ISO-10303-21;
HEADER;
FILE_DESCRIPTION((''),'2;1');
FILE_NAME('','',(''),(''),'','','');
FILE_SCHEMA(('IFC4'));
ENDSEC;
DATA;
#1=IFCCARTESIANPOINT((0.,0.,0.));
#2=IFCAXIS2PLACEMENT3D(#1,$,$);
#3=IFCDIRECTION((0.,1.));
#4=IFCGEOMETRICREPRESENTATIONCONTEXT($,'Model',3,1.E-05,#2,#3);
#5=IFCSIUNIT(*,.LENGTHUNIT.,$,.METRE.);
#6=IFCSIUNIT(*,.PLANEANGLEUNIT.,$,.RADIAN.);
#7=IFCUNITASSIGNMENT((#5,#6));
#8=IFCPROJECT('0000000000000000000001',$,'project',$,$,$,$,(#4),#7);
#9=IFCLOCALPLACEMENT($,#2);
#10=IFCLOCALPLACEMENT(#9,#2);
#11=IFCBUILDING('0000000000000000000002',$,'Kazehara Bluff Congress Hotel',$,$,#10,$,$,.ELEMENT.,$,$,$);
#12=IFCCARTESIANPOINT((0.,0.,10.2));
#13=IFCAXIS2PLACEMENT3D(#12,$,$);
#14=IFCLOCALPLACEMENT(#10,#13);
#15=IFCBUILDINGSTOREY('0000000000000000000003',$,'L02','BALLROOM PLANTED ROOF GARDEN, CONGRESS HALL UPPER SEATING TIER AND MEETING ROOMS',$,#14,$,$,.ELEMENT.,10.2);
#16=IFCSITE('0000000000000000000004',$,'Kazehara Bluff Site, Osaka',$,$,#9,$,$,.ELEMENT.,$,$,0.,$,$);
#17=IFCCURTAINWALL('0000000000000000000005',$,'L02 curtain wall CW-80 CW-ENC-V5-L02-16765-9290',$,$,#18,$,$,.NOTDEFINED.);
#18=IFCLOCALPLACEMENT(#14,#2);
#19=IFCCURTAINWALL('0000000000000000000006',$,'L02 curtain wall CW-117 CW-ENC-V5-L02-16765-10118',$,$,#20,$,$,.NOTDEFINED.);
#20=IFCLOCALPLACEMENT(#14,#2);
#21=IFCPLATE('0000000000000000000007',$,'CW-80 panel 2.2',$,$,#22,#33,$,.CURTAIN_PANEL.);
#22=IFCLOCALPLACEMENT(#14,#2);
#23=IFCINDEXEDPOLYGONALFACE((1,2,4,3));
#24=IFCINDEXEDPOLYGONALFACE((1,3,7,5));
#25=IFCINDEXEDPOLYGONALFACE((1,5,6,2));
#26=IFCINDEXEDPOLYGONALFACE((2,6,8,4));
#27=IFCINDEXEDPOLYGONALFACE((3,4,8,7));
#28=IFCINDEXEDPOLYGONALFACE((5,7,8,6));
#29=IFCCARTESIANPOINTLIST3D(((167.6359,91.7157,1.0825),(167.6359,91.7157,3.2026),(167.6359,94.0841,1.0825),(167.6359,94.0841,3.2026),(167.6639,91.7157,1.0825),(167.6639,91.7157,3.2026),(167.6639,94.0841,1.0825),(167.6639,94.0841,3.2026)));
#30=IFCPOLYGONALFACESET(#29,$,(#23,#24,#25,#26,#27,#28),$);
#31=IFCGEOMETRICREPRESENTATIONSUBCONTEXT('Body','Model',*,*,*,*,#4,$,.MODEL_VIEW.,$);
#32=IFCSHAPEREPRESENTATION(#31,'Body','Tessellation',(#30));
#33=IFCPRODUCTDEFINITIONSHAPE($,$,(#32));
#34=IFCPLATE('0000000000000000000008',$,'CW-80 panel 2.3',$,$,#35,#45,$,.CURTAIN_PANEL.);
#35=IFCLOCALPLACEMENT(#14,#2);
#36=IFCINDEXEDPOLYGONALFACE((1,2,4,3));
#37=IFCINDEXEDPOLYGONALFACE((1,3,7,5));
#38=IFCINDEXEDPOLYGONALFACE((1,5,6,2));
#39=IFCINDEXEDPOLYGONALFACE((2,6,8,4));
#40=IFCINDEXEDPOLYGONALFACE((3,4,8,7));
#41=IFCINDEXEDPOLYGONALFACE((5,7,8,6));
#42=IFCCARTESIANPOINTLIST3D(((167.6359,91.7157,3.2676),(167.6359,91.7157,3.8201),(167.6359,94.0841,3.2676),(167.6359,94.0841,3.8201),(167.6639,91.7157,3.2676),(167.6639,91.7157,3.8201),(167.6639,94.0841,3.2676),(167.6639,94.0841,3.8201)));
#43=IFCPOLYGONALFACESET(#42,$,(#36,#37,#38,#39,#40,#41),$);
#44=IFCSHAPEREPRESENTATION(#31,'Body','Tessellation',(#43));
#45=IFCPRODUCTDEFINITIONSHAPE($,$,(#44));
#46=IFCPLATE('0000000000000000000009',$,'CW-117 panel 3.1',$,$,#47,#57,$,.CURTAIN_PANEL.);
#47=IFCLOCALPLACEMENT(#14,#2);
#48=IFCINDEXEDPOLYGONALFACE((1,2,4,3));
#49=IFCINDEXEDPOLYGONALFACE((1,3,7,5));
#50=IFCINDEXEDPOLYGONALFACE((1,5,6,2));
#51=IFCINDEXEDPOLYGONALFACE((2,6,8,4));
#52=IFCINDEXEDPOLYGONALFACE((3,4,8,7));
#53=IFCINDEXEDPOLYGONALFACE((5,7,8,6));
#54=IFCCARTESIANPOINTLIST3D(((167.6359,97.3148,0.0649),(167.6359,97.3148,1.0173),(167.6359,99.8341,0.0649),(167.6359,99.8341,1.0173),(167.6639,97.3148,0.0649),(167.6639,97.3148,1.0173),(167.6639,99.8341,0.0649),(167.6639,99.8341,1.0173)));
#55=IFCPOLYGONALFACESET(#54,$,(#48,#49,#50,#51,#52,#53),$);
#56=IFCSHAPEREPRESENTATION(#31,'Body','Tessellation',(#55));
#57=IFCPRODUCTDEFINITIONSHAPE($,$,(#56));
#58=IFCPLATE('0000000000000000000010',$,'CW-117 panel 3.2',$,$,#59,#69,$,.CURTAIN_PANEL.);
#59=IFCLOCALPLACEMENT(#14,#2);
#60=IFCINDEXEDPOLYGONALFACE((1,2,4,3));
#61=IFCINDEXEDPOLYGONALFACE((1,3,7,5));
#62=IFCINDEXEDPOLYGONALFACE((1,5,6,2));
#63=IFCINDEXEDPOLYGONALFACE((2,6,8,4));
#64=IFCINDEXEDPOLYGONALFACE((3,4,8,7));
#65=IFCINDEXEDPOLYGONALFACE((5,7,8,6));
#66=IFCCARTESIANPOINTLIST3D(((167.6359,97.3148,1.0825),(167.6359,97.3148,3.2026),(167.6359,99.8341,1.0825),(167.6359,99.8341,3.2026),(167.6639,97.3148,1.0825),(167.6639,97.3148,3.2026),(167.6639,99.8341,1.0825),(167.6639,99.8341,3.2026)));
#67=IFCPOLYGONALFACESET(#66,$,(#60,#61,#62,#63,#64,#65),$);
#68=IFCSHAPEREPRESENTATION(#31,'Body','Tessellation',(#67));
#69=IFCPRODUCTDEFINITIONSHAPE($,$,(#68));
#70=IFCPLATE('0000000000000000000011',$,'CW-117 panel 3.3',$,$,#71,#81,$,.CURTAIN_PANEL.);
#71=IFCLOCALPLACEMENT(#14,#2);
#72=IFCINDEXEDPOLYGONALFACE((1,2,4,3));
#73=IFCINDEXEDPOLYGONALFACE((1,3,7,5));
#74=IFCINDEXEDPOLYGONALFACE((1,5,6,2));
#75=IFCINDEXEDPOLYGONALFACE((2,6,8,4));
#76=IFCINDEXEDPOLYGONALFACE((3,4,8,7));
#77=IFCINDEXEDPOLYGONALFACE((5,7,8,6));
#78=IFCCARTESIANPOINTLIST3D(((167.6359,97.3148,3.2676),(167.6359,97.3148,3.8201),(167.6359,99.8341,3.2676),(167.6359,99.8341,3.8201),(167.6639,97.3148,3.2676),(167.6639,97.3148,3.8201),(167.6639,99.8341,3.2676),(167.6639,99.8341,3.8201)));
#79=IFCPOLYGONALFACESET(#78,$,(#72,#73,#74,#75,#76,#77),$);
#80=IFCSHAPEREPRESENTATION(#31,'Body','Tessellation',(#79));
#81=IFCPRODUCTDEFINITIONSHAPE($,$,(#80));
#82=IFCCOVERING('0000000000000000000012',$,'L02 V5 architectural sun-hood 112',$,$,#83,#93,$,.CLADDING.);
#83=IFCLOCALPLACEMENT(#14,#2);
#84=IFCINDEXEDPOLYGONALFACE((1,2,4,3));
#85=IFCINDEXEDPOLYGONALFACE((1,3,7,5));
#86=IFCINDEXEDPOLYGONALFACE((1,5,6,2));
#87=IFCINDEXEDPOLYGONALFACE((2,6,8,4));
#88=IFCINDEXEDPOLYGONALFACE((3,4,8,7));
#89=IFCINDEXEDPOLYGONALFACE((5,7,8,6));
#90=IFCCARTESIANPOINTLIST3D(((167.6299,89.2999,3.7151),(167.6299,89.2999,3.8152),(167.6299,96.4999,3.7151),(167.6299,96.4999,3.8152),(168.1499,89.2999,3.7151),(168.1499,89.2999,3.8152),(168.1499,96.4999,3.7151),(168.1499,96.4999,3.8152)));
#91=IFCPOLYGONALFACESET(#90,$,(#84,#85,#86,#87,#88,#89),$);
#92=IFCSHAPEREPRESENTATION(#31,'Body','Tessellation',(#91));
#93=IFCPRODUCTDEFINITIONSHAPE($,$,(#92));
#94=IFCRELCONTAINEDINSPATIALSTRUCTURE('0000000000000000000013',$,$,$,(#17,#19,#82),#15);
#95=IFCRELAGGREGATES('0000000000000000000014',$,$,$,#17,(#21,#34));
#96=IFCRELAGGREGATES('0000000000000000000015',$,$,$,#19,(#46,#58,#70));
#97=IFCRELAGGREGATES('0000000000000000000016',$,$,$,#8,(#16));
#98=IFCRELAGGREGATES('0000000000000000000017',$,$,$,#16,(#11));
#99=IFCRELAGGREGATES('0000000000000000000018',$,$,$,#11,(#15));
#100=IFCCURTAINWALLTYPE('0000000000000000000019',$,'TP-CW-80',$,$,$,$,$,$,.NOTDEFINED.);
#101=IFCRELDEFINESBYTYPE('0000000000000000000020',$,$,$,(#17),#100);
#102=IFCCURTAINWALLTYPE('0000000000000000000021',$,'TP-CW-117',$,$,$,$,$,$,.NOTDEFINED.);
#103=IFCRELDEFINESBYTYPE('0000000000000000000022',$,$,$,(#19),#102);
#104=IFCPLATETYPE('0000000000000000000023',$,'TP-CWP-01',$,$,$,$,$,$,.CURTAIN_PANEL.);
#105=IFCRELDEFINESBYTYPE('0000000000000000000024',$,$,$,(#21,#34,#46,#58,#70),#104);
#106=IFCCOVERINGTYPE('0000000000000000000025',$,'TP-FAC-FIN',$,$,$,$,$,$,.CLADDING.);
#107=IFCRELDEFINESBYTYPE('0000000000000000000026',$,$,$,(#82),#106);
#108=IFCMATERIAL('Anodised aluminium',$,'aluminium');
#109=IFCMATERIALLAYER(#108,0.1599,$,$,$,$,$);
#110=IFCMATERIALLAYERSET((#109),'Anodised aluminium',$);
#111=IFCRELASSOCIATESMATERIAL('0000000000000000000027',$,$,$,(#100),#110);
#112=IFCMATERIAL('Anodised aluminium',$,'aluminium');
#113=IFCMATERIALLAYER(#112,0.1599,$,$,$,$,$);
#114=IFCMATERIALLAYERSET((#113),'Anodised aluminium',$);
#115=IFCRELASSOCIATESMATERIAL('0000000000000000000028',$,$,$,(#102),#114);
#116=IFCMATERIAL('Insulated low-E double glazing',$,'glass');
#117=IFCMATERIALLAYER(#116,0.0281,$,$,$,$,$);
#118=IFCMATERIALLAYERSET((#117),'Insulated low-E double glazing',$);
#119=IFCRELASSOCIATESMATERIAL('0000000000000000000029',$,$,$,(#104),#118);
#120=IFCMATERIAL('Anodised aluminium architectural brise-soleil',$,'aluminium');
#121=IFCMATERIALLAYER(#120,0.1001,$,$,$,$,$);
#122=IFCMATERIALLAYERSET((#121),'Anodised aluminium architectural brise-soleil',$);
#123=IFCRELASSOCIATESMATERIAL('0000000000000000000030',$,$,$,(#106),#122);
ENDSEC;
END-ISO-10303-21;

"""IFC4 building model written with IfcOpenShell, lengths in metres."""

from ifc_helpers import new_model, si_unit, direction, frame, origin, origin_2d, place, context, subcontext, project, spatial, rectangle, extrude, material, layer, layer_set, type_object, element, aggregate, save


model = new_model("IFC4")

# Units and contexts
model_context = context("Model", 3, precision=1e-05, world=origin(), true_north=direction((0.0, 1.0)))
body_context = subcontext(model_context, "Body", "Model", "MODEL_VIEW")
ifc_project = project(units=[si_unit("LENGTHUNIT", "METRE"), si_unit("PLANEANGLEUNIT", "RADIAN")], contexts=[model_context])

# Site, building, storey
site_placement = place(None, origin())
site = spatial("IfcSite", under=ifc_project, at=site_placement, Name="Kazehara Bluff Site, Osaka", CompositionType="ELEMENT", RefElevation=0.0)
building_placement = place(site_placement, origin())
building = spatial("IfcBuilding", under=site, at=building_placement, Name="Kazehara Bluff Congress Hotel", CompositionType="ELEMENT")
storey_placement = place(building_placement, frame((0.0, 0.0, 10.2)))
storey = spatial("IfcBuildingStorey", under=building, at=storey_placement, Name="L02", Description="BALLROOM PLANTED ROOF GARDEN, CONGRESS HALL UPPER SEATING TIER AND MEETING ROOMS", CompositionType="ELEMENT", Elevation=10.2)

# Curtain wall
ifc_material_1 = material(Name="Anodised aluminium", Category="aluminium")
ifc_layer_1 = layer(ifc_material_1, 0.1599)
ifc_layer_set_1 = layer_set([ifc_layer_1], Name="Anodised aluminium")
curtain_wall_type_1 = type_object("IfcCurtainWallType", Name="TP-CW-80", PredefinedType="NOTDEFINED", material=ifc_layer_set_1)
curtain_wall_1_placement = place(storey_placement, origin())
curtain_wall_1 = element("IfcCurtainWall", 1, at=curtain_wall_1_placement, inside=storey, type_object=curtain_wall_type_1, Name="L02 curtain wall CW-80 CW-ENC-V5-L02-16765-9290", PredefinedType="NOTDEFINED")

# Curtain wall
ifc_material_2 = material(Name="Anodised aluminium", Category="aluminium")
ifc_layer_2 = layer(ifc_material_2, 0.1599)
ifc_layer_set_2 = layer_set([ifc_layer_2], Name="Anodised aluminium")
curtain_wall_type_2 = type_object("IfcCurtainWallType", Name="TP-CW-117", PredefinedType="NOTDEFINED", material=ifc_layer_set_2)
curtain_wall_2_placement = place(storey_placement, origin())
curtain_wall_2 = element("IfcCurtainWall", 2, at=curtain_wall_2_placement, inside=storey, type_object=curtain_wall_type_2, Name="L02 curtain wall CW-117 CW-ENC-V5-L02-16765-10118", PredefinedType="NOTDEFINED")

# Plates
ifc_material_3 = material(Name="Insulated low-E double glazing", Category="glass")
ifc_layer_3 = layer(ifc_material_3, 0.0281)
ifc_layer_set_3 = layer_set([ifc_layer_3], Name="Insulated low-E double glazing")
plate_type = type_object("IfcPlateType", Name="TP-CWP-01", PredefinedType="CURTAIN_PANEL", material=ifc_layer_set_3)
plate_1_placement = place(storey_placement, frame((167.6499, 92.8999, 1.0825), z_axis=(0.0, 0.0, 1.0), x_axis=(0.0, -1.0, 0.0)))
plate_1 = element("IfcPlate", 3, at=plate_1_placement, type_object=plate_type, Name="CW-80 panel 2.2", PredefinedType="CURTAIN_PANEL", context=body_context, shape_type="SweptSolid", body=[
    extrude(rectangle(XDim=2.3684, YDim=0.0281, at=origin_2d()), origin(), (0.0, 0.0, 1.0), 2.1201),
])
plate_2_placement = place(storey_placement, frame((167.6499, 92.8999, 3.2676), z_axis=(0.0, 0.0, 1.0), x_axis=(0.0, -1.0, 0.0)))
plate_2 = element("IfcPlate", 4, at=plate_2_placement, type_object=plate_type, Name="CW-80 panel 2.3", PredefinedType="CURTAIN_PANEL", context=body_context, shape_type="SweptSolid", body=[
    extrude(rectangle(XDim=2.3684, YDim=0.0281, at=origin_2d()), origin(), (0.0, 0.0, 1.0), 0.5525),
])
aggregate(curtain_wall_1, [plate_1, plate_2])
plate_3_placement = place(storey_placement, frame((167.6499, 98.5745, 0.0649), z_axis=(0.0, 0.0, 1.0), x_axis=(0.0, -1.0, 0.0)))
plate_3 = element("IfcPlate", 5, at=plate_3_placement, type_object=plate_type, Name="CW-117 panel 3.1", PredefinedType="CURTAIN_PANEL", context=body_context, shape_type="SweptSolid", body=[
    extrude(rectangle(XDim=2.5193, YDim=0.0281, at=origin_2d()), origin(), (0.0, 0.0, 1.0), 0.9524),
])
plate_4_placement = place(storey_placement, frame((167.6499, 98.5745, 1.0825), z_axis=(0.0, 0.0, 1.0), x_axis=(0.0, -1.0, 0.0)))
plate_4 = element("IfcPlate", 6, at=plate_4_placement, type_object=plate_type, Name="CW-117 panel 3.2", PredefinedType="CURTAIN_PANEL", context=body_context, shape_type="SweptSolid", body=[
    extrude(rectangle(XDim=2.5193, YDim=0.0281, at=origin_2d()), origin(), (0.0, 0.0, 1.0), 2.1201),
])
plate_5_placement = place(storey_placement, frame((167.6499, 98.5745, 3.2676), z_axis=(0.0, 0.0, 1.0), x_axis=(0.0, -1.0, 0.0)))
plate_5 = element("IfcPlate", 7, at=plate_5_placement, type_object=plate_type, Name="CW-117 panel 3.3", PredefinedType="CURTAIN_PANEL", context=body_context, shape_type="SweptSolid", body=[
    extrude(rectangle(XDim=2.5193, YDim=0.0281, at=origin_2d()), origin(), (0.0, 0.0, 1.0), 0.5525),
])
aggregate(curtain_wall_2, [plate_3, plate_4, plate_5])

# Covering
ifc_material_4 = material(Name="Anodised aluminium architectural brise-soleil", Category="aluminium")
ifc_layer_4 = layer(ifc_material_4, 0.1001)
ifc_layer_set_4 = layer_set([ifc_layer_4], Name="Anodised aluminium architectural brise-soleil")
covering_type = type_object("IfcCoveringType", Name="TP-FAC-FIN", PredefinedType="CLADDING", material=ifc_layer_set_4)
covering_placement = place(storey_placement, frame((167.8899, 92.8999, 3.7151), z_axis=(0.0, 0.0, 1.0), x_axis=(1.0, 0.0, 0.0)))
element("IfcCovering", 8, at=covering_placement, inside=storey, type_object=covering_type, Name="L02 V5 architectural sun-hood 112", PredefinedType="CLADDING", context=body_context, shape_type="SweptSolid", body=[
    extrude(rectangle(XDim=0.52, YDim=7.2, at=origin_2d()), origin(), (0.0, 0.0, 1.0), 0.1001),
])

save(model, "model.ifc")
